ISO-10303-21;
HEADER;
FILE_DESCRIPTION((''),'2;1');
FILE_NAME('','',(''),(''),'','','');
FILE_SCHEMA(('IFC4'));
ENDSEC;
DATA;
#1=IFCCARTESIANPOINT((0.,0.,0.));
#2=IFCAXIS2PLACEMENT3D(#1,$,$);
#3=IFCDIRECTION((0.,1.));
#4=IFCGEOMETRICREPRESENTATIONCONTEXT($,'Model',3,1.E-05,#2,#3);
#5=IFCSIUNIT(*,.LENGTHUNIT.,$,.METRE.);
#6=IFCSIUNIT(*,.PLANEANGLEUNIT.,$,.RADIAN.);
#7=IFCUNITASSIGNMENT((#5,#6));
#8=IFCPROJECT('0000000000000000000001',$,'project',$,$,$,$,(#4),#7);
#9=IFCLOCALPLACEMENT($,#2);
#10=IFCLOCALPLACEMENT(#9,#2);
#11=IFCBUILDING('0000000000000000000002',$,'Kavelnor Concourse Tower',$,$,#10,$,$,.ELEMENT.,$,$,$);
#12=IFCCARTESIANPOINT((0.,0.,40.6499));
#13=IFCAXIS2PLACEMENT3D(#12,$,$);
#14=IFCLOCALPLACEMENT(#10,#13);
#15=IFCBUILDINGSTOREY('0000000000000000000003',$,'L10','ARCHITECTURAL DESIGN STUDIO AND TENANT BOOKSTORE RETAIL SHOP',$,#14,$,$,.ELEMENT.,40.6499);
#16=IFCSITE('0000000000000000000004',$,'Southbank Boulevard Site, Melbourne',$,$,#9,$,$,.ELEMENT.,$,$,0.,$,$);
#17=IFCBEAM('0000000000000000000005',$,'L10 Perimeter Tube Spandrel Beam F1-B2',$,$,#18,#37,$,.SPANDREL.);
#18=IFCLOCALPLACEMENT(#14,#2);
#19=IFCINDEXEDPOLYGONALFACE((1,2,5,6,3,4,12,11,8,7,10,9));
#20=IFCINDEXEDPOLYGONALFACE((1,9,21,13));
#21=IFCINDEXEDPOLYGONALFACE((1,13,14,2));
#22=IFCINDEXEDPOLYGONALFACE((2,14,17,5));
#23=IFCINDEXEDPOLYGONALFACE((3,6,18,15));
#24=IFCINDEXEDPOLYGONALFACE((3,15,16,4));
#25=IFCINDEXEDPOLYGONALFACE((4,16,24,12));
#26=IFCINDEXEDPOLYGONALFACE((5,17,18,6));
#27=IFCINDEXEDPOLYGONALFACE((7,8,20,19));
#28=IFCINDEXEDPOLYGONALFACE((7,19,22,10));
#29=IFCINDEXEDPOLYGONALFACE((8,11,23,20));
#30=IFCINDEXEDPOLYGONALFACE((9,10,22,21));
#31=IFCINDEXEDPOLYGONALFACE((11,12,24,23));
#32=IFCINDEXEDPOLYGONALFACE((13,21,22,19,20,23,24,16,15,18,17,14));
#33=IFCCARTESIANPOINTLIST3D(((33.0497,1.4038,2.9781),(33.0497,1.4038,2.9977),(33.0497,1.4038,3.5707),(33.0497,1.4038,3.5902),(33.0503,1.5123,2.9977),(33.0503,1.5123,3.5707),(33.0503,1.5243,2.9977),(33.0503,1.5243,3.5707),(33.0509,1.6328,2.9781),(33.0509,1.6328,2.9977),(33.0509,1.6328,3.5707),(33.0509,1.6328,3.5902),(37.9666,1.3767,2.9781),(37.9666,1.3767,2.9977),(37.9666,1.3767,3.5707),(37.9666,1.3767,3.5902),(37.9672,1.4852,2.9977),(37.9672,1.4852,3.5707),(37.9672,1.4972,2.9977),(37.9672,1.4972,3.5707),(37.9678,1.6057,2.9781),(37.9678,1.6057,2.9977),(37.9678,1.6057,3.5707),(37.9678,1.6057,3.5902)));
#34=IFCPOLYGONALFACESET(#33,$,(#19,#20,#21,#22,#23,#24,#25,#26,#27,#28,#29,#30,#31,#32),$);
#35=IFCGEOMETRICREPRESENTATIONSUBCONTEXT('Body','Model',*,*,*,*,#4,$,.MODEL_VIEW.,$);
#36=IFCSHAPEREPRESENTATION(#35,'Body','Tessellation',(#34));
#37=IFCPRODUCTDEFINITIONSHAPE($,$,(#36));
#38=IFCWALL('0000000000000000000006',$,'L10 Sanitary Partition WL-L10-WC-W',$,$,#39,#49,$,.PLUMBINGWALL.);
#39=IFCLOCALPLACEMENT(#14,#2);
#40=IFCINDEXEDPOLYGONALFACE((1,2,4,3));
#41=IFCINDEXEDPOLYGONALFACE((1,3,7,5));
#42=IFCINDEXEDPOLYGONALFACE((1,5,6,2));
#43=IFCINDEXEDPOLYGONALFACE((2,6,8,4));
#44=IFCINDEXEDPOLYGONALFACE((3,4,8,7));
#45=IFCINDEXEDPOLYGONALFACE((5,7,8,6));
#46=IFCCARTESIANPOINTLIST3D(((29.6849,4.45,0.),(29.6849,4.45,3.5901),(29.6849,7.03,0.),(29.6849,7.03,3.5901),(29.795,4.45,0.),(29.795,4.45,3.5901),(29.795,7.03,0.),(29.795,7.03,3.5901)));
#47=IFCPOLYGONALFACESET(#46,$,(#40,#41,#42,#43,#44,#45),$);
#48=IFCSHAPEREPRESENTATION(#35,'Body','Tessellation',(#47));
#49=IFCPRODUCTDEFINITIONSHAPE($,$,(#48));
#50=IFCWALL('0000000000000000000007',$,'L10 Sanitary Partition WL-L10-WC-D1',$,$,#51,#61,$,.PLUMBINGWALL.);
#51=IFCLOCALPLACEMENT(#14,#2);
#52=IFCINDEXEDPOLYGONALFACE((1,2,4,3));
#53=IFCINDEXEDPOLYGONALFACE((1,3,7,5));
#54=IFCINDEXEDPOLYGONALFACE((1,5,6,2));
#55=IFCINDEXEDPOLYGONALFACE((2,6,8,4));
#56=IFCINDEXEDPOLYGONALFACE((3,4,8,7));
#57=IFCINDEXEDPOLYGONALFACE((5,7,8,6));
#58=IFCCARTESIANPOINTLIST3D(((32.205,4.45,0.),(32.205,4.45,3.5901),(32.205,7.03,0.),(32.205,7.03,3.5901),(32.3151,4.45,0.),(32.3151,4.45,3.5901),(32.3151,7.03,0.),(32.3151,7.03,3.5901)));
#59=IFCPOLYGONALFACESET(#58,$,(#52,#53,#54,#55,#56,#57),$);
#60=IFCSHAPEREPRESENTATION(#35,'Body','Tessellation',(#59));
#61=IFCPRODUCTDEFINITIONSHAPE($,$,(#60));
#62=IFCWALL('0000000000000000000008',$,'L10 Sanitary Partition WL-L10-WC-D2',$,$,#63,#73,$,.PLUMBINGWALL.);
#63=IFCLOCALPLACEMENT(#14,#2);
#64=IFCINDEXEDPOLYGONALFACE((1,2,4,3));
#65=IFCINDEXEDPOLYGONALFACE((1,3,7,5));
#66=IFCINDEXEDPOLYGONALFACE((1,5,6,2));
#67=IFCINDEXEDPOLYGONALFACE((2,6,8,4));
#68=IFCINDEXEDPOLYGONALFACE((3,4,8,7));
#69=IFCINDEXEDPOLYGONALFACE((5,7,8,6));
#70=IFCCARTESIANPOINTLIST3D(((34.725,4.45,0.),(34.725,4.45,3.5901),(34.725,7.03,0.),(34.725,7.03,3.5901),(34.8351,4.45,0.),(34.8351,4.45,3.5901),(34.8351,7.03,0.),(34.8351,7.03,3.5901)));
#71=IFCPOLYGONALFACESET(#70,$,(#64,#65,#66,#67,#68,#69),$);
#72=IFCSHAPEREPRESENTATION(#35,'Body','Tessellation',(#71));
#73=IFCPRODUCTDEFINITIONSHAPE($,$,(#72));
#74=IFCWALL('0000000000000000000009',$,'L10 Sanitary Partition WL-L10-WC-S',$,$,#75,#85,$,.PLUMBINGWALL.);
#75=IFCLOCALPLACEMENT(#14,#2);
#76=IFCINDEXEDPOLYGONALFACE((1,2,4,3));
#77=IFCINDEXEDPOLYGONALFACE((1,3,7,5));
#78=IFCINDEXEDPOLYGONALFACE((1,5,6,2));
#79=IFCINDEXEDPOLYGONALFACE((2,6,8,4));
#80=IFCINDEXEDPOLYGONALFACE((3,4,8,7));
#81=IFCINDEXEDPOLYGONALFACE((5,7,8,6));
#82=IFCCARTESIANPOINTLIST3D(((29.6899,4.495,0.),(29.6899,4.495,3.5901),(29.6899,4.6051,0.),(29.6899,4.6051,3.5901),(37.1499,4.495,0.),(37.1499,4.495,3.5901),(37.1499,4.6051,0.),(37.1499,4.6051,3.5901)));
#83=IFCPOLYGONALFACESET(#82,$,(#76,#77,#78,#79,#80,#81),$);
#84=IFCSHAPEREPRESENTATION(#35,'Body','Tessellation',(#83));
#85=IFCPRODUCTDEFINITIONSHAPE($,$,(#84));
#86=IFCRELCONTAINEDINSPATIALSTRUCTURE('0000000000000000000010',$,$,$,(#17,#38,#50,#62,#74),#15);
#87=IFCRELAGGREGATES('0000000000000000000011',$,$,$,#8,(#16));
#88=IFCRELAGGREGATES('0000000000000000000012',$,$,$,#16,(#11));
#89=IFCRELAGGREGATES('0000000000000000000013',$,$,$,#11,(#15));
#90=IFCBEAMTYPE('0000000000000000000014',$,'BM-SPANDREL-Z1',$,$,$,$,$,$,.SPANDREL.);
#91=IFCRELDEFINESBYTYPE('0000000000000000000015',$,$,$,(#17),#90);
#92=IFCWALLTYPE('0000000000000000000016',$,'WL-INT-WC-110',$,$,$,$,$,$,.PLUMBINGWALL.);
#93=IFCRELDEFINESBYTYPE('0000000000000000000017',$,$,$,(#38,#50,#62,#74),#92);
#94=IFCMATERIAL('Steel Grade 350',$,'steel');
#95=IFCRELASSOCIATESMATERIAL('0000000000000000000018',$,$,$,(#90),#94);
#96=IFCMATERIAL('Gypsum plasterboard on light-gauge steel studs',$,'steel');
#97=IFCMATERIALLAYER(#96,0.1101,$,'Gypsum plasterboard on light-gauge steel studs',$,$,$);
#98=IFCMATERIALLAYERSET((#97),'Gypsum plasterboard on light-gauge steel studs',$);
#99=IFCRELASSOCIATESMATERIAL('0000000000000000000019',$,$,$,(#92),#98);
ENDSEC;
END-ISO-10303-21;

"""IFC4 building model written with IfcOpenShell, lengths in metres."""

from ifc_helpers import new_model, si_unit, direction, frame, frame_2d, origin, origin_2d, place, context, subcontext, project, spatial, rectangle, i_section, extrude, material, layer, layer_set, material_profile, profile_set, type_object, element, save


model = new_model("IFC4")

# Units and contexts
model_context = context("Model", 3, precision=1e-05, world=origin(), true_north=direction((0.0, 1.0)))
body_context = subcontext(model_context, "Body", "Model", "MODEL_VIEW")
ifc_project = project(units=[si_unit("LENGTHUNIT", "METRE"), si_unit("PLANEANGLEUNIT", "RADIAN")], contexts=[model_context])

# Site, building, storey
site_placement = place(None, origin())
site = spatial("IfcSite", under=ifc_project, at=site_placement, Name="Southbank Boulevard Site, Melbourne", CompositionType="ELEMENT", RefElevation=0.0)
building_placement = place(site_placement, origin())
building = spatial("IfcBuilding", under=site, at=building_placement, Name="Kavelnor Concourse Tower", CompositionType="ELEMENT")
storey_placement = place(building_placement, frame((0.0, 0.0, 40.6499)))
storey = spatial("IfcBuildingStorey", under=building, at=storey_placement, Name="L10", Description="ARCHITECTURAL DESIGN STUDIO AND TENANT BOOKSTORE RETAIL SHOP", CompositionType="ELEMENT", Elevation=40.6499)

# Shared definitions
ifc_material_1 = material(Name="Steel Grade 350", Category="steel")

# Beam
ifc_material_profile_1 = material_profile(ifc_material_1, i_section(OverallWidth=0.229, OverallDepth=0.6121, WebThickness=0.012, FlangeThickness=0.0195, at=origin_2d()), Name="610UB125")
ifc_profile_set_1 = profile_set([ifc_material_profile_1], Name="Steel Grade 350")
beam_type_1 = type_object("IfcBeamType", Name="BM-SPANDREL-Z1", PredefinedType="SPANDREL", material=ifc_profile_set_1)
beam_1_placement = place(storey_placement, frame((33.0503, 1.5183, 3.2842), z_axis=(0.999985, -0.005511, 0.0), x_axis=(0.005511, 0.999985, 0.0)))
element("IfcBeam", 1, at=beam_1_placement, inside=storey, type_object=beam_type_1, Name="L10 Perimeter Tube Spandrel Beam F1-B2", PredefinedType="SPANDREL", context=body_context, shape_type="SweptSolid", body=[
    extrude(i_section(OverallWidth=0.229, OverallDepth=0.6121, WebThickness=0.012, FlangeThickness=0.0195, at=origin_2d()), origin(), (0.0, 0.0, 1.0), 4.917),
])

# Walls
ifc_material_2 = material(Name="Gypsum plasterboard on light-gauge steel studs", Category="steel")
ifc_layer_1 = layer(ifc_material_2, 0.1101, Name="Gypsum plasterboard on light-gauge steel studs")
ifc_layer_set_1 = layer_set([ifc_layer_1], Name="Gypsum plasterboard on light-gauge steel studs")
wall_type_1 = type_object("IfcWallType", Name="WL-INT-WC-110", PredefinedType="PLUMBINGWALL", material=ifc_layer_set_1)
for number, where, z_axis, x_axis, name in (
    (2, (29.74, 4.45, 0.0), (0.0, 0.0, 1.0), (0.0, 1.0, 0.0), "L10 Sanitary Partition WL-L10-WC-W"),
    (3, (32.26, 4.45, 0.0), (0.0, 0.0, 1.0), (0.0, 1.0, 0.0), "L10 Sanitary Partition WL-L10-WC-D1"),
    (4, (34.78, 4.45, 0.0), (0.0, 0.0, 1.0), (0.0, 1.0, 0.0), "L10 Sanitary Partition WL-L10-WC-D2"),
):
    element("IfcWall", number, at=place(storey_placement, frame(where, z_axis=z_axis, x_axis=x_axis)), inside=storey, type_object=wall_type_1, Name=name, PredefinedType="PLUMBINGWALL", context=body_context, shape_type="SweptSolid", body=[
        extrude(rectangle(XDim=2.5801, YDim=0.1101, at=frame_2d((1.29, 0.0))), origin(), (0.0, 0.0, 1.0), 3.5901),
    ])
wall_1_placement = place(storey_placement, frame((29.6899, 4.55, 0.0), z_axis=(0.0, 0.0, 1.0), x_axis=(1.0, 0.0, 0.0)))
element("IfcWall", 5, at=wall_1_placement, inside=storey, type_object=wall_type_1, Name="L10 Sanitary Partition WL-L10-WC-S", PredefinedType="PLUMBINGWALL", context=body_context, shape_type="SweptSolid", body=[
    extrude(rectangle(XDim=7.46, YDim=0.1101, at=frame_2d((3.73, 0.0))), origin(), (0.0, 0.0, 1.0), 3.5901),
])

save(model, "model.ifc")
